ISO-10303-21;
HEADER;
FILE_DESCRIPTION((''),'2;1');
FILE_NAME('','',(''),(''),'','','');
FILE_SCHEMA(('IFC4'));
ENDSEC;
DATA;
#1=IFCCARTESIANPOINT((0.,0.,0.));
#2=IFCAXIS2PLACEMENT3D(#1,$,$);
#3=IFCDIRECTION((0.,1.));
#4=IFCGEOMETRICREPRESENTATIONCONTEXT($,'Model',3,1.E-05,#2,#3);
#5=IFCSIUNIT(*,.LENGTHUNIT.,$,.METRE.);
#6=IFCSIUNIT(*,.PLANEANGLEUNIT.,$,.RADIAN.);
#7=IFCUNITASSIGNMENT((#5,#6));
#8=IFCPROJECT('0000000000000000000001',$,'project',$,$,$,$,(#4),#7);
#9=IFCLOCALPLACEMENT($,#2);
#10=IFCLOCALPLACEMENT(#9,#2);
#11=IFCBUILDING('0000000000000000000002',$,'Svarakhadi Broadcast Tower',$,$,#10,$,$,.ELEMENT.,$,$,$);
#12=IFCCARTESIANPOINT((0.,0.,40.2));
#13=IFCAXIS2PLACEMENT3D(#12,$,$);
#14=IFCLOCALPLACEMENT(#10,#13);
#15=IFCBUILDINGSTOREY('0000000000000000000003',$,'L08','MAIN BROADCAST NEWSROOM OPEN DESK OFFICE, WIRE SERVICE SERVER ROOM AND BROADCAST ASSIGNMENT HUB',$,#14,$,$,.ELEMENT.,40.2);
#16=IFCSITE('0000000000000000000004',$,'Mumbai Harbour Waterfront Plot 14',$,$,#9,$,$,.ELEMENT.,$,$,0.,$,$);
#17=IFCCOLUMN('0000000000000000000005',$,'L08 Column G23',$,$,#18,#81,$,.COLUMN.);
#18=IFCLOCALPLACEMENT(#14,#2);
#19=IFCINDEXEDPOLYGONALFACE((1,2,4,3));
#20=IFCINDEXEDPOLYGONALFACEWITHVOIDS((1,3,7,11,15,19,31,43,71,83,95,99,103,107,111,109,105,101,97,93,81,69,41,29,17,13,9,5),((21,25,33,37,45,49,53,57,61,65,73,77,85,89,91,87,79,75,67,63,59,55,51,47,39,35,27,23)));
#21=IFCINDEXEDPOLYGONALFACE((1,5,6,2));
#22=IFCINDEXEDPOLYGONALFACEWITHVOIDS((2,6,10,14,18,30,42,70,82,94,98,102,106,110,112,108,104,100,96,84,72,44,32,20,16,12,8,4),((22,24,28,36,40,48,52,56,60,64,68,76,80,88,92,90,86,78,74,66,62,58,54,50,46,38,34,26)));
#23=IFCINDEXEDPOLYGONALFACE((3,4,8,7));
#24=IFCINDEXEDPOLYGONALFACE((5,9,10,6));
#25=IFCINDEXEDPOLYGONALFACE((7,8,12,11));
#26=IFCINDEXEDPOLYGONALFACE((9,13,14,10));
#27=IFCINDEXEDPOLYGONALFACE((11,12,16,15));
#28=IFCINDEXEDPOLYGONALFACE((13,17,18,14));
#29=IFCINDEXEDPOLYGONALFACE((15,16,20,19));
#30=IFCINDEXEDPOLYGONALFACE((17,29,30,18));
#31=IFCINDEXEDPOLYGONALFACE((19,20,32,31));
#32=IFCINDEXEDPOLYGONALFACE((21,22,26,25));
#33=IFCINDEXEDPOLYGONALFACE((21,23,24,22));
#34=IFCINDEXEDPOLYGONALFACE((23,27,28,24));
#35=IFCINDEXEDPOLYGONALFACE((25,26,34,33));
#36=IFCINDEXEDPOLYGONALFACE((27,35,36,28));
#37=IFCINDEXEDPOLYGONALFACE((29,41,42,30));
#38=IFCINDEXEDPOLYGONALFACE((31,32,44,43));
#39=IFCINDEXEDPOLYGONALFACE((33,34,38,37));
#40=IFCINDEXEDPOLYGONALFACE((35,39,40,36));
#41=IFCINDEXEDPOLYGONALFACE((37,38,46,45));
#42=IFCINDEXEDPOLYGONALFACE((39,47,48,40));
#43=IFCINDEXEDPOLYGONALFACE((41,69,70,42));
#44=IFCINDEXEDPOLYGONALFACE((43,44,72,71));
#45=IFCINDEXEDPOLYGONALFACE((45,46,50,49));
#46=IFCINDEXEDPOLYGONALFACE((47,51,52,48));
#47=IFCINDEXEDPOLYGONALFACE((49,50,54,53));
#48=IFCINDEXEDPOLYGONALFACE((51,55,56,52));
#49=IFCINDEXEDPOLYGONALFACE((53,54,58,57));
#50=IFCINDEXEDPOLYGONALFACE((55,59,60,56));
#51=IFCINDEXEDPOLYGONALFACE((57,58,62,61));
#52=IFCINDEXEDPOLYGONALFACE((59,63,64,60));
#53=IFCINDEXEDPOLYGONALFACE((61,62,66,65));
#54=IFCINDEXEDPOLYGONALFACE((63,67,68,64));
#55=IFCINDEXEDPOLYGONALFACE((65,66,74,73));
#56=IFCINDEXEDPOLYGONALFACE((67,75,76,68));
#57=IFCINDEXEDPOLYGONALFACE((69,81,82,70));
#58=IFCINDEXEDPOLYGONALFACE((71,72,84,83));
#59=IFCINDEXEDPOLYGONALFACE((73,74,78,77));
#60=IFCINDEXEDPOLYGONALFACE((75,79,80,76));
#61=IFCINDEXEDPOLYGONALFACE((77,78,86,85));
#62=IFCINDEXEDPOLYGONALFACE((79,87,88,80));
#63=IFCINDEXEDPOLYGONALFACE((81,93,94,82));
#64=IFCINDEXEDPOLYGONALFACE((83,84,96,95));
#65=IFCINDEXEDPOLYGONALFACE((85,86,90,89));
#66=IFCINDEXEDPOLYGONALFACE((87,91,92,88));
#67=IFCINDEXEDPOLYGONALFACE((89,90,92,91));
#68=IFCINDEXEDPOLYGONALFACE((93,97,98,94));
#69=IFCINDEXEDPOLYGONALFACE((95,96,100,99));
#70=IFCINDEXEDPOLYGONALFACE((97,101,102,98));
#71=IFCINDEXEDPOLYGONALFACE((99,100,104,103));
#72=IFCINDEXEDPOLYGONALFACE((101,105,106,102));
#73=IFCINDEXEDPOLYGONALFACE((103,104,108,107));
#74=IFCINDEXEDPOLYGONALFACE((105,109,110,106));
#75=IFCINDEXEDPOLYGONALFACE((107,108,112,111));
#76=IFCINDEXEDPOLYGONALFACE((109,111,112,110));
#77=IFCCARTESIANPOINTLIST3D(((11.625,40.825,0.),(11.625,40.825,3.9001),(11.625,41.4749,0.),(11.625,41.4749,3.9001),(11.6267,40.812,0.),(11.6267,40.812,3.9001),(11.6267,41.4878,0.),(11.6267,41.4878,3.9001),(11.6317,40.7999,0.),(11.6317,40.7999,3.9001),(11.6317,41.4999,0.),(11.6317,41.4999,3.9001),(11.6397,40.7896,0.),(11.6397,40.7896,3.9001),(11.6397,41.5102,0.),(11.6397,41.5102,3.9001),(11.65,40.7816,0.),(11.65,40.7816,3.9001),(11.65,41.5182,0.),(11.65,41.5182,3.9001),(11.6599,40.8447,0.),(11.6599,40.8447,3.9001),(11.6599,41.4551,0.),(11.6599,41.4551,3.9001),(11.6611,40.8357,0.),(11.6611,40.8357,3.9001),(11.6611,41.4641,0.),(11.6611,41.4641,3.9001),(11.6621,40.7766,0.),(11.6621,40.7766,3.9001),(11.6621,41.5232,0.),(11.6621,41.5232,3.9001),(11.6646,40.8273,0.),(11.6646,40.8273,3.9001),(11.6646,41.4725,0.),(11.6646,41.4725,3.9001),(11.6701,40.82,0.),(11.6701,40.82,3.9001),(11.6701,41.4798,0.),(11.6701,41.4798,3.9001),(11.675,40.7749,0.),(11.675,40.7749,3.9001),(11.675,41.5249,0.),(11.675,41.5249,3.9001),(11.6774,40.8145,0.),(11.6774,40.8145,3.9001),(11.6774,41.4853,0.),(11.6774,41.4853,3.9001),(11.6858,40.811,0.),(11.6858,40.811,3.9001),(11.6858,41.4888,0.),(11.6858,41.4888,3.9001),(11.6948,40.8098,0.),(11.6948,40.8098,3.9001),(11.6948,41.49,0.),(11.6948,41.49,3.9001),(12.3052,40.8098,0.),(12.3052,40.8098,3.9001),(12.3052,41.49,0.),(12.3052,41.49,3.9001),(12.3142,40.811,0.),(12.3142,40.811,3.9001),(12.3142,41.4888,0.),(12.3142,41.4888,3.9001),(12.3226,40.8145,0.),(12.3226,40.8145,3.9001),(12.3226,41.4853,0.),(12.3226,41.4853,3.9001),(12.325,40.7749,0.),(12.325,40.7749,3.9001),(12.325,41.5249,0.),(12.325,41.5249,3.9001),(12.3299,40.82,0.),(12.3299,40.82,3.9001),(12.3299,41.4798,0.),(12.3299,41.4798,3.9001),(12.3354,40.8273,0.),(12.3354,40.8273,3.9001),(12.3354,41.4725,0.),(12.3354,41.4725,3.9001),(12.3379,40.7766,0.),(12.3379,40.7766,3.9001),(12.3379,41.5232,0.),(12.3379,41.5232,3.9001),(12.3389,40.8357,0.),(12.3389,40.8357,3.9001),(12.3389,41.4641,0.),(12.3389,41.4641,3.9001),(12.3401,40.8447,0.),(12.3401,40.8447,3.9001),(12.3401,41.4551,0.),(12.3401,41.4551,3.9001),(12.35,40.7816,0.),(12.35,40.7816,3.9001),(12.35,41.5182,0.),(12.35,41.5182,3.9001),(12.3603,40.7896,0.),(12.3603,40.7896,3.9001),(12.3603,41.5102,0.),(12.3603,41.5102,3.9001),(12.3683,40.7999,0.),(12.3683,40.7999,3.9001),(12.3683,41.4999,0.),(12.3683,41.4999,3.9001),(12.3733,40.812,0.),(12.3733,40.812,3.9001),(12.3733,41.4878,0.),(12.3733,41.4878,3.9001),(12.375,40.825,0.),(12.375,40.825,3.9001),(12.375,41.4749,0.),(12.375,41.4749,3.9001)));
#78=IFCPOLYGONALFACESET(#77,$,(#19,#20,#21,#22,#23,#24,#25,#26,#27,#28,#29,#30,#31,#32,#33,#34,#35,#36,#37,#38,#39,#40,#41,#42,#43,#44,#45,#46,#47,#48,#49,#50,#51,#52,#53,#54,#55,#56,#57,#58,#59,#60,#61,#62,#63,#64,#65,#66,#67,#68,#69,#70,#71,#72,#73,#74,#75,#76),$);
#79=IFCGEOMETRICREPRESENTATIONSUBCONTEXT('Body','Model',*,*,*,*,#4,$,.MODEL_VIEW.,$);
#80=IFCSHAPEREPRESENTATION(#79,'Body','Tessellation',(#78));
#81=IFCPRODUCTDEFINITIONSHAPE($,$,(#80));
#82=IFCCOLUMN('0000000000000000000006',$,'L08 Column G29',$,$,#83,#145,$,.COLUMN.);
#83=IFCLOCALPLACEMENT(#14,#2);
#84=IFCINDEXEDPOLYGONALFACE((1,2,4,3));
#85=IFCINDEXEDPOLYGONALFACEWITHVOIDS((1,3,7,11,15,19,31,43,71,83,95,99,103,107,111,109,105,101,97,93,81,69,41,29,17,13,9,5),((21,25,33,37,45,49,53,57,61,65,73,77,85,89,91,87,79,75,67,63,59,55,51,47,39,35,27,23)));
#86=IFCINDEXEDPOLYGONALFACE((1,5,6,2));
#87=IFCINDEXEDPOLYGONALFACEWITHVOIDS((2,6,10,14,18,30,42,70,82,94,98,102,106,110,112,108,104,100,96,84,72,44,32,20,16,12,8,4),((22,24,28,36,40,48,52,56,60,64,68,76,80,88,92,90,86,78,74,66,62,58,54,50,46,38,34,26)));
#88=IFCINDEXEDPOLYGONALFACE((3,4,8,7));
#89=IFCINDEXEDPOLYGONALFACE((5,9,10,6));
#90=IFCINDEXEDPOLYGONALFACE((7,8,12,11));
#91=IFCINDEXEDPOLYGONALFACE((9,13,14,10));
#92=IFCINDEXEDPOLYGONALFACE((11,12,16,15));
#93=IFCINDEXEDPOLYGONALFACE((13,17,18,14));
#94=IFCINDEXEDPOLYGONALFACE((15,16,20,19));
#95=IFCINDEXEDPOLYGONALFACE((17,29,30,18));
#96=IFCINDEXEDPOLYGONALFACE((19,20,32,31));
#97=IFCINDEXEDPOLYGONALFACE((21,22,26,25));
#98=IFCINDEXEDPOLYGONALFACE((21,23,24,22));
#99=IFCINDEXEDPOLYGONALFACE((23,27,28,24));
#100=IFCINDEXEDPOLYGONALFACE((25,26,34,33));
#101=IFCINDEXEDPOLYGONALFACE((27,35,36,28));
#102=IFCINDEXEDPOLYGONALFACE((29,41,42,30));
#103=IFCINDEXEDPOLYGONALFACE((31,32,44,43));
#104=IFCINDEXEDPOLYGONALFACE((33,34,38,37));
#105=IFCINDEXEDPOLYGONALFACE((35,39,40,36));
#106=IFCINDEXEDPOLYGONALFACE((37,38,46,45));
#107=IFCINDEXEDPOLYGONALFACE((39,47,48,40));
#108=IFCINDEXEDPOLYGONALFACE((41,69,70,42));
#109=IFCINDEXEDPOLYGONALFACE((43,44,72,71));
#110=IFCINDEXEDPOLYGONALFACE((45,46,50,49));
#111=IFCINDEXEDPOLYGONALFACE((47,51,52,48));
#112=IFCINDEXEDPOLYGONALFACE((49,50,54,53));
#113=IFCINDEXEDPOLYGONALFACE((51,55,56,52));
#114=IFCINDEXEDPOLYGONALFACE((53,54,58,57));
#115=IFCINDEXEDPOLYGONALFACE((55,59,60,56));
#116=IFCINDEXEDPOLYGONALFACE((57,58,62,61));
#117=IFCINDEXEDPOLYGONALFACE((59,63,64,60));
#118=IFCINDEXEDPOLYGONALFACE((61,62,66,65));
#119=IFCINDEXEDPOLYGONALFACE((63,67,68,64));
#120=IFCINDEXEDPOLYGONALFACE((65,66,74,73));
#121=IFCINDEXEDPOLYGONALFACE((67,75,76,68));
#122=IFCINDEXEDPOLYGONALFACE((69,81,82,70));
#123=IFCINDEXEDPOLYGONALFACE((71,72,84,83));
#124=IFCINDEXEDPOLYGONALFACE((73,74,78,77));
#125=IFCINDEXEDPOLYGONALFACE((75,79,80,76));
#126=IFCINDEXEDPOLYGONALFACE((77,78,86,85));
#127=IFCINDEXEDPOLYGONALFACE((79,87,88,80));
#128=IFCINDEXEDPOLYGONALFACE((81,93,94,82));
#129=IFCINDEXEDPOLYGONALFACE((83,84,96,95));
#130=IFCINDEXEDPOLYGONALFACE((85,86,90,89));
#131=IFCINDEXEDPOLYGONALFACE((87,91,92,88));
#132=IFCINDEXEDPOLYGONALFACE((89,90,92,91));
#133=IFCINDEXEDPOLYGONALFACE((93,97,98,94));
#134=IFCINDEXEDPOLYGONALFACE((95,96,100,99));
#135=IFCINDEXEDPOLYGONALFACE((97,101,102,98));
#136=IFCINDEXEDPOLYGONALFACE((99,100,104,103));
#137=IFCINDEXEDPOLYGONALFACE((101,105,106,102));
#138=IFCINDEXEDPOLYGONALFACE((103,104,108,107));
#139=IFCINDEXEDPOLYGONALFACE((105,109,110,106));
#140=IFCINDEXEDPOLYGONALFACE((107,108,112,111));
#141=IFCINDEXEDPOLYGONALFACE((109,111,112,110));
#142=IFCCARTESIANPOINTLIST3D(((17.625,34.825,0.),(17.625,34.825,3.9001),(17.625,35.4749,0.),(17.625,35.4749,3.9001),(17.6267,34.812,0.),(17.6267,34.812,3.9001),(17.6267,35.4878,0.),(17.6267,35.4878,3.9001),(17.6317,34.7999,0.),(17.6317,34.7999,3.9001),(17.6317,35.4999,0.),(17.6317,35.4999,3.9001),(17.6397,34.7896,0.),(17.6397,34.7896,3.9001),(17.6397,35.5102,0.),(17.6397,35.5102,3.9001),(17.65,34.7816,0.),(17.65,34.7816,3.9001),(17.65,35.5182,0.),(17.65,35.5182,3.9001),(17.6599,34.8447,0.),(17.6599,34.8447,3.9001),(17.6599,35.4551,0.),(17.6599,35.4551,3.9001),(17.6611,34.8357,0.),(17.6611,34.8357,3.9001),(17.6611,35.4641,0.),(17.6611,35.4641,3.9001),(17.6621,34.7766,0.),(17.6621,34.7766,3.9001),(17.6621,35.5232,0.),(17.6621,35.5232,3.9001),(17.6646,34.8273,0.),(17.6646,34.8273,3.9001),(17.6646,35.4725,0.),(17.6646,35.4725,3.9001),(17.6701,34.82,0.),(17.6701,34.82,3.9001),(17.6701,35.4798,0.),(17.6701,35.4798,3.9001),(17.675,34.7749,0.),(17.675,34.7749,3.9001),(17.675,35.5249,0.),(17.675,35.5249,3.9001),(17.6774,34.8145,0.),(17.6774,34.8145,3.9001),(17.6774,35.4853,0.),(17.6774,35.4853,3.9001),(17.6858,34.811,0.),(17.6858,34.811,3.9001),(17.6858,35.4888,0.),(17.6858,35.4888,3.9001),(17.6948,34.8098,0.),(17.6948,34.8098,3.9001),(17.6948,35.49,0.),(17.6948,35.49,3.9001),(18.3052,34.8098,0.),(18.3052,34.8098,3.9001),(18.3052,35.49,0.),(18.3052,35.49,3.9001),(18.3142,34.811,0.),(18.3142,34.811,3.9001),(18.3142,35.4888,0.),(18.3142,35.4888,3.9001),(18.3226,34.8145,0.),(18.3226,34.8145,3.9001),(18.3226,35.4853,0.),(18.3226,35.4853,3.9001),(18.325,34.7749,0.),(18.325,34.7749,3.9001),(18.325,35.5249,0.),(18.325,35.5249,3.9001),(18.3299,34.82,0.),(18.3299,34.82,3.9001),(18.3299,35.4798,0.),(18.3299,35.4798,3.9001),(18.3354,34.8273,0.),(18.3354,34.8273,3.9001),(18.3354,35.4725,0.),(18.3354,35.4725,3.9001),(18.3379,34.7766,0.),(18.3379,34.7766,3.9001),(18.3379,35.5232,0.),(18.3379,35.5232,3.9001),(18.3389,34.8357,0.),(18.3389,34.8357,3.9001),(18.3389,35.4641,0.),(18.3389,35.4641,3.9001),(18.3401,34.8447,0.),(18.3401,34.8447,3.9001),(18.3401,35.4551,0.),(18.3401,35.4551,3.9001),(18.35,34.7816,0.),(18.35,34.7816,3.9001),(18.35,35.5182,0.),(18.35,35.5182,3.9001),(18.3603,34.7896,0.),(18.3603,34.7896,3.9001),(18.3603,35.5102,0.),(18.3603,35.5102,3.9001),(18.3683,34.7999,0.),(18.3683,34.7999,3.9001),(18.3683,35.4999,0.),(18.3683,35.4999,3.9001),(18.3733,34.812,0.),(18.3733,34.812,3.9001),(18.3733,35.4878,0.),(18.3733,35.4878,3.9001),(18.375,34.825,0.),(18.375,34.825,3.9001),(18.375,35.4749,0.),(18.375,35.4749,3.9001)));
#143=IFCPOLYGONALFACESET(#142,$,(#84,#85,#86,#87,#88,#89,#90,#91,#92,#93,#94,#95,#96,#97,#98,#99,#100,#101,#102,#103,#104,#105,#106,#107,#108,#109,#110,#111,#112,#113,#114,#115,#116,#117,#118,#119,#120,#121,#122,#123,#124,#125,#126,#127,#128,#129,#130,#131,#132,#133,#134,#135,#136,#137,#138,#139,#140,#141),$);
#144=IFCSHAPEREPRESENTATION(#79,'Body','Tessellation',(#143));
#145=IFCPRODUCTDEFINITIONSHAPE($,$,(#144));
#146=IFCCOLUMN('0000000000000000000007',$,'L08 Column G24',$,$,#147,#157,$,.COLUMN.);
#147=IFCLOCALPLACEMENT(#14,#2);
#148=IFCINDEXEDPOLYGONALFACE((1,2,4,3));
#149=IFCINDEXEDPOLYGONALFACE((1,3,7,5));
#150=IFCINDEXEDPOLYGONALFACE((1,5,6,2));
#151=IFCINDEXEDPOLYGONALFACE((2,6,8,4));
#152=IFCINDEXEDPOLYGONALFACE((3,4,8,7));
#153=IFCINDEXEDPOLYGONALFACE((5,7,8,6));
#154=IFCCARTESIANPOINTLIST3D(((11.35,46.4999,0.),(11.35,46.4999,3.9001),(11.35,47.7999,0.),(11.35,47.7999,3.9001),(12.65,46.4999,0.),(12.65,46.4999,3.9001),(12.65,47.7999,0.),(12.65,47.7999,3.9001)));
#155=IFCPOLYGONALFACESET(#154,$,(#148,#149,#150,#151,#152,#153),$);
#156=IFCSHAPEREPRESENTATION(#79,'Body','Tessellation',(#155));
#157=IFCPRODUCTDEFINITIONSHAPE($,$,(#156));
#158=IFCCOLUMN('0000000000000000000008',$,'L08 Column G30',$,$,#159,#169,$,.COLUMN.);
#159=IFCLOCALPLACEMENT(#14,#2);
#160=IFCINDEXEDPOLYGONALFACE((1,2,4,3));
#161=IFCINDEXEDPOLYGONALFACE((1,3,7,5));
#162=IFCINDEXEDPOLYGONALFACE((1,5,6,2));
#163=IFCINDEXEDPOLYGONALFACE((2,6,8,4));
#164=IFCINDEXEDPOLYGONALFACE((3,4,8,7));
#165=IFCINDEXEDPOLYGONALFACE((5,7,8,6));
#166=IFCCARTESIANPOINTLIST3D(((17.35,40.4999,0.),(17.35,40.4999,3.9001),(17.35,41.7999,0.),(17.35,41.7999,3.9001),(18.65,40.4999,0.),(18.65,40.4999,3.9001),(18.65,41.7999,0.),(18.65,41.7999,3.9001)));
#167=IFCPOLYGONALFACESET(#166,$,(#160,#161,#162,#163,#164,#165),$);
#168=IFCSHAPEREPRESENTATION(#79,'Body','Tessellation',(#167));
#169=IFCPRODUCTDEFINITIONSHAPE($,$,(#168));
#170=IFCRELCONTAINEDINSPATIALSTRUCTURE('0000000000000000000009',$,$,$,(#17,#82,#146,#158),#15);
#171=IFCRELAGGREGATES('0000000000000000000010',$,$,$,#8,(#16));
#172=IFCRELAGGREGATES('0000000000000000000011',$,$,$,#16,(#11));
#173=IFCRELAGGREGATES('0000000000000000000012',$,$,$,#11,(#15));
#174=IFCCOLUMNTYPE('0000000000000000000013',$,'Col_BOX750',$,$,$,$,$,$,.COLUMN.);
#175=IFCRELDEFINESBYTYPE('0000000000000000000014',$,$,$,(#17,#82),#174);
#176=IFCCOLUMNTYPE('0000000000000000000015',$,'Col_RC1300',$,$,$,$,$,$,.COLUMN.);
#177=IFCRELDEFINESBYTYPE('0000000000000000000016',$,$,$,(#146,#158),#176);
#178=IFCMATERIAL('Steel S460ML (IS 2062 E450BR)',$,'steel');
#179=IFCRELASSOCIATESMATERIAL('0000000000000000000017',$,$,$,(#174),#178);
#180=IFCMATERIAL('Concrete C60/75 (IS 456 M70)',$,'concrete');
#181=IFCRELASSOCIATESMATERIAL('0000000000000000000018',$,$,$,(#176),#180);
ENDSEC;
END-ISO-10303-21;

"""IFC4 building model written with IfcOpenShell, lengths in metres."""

from ifc_helpers import new_model, si_unit, direction, frame, origin, origin_2d, place, context, subcontext, project, spatial, rectangle, hollow_rectangle, extrude, material, material_profile, profile_set, type_object, element, save


model = new_model("IFC4")

# Units and contexts
model_context = context("Model", 3, precision=1e-05, world=origin(), true_north=direction((0.0, 1.0)))
body_context = subcontext(model_context, "Body", "Model", "MODEL_VIEW")
ifc_project = project(units=[si_unit("LENGTHUNIT", "METRE"), si_unit("PLANEANGLEUNIT", "RADIAN")], contexts=[model_context])

# Site, building, storey
site_placement = place(None, origin())
site = spatial("IfcSite", under=ifc_project, at=site_placement, Name="Mumbai Harbour Waterfront Plot 14", CompositionType="ELEMENT", RefElevation=0.0)
building_placement = place(site_placement, origin())
building = spatial("IfcBuilding", under=site, at=building_placement, Name="Svarakhadi Broadcast Tower", CompositionType="ELEMENT")
storey_placement = place(building_placement, frame((0.0, 0.0, 40.2)))
storey = spatial("IfcBuildingStorey", under=building, at=storey_placement, Name="L08", Description="MAIN BROADCAST NEWSROOM OPEN DESK OFFICE, WIRE SERVICE SERVER ROOM AND BROADCAST ASSIGNMENT HUB", CompositionType="ELEMENT", Elevation=40.2)

# Columns
ifc_material_1 = material(Name="Steel S460ML (IS 2062 E450BR)", Category="steel")
ifc_material_profile_1 = material_profile(ifc_material_1, hollow_rectangle(XDim=0.75, YDim=0.75, WallThickness=0.0349, InnerFilletRadius=0.0349, OuterFilletRadius=0.05, at=origin_2d()), Name="BOX 750x750x35")
ifc_profile_set_1 = profile_set([ifc_material_profile_1], Name="Steel S460ML (IS 2062 E450BR)")
column_type_1 = type_object("IfcColumnType", Name="Col_BOX750", PredefinedType="COLUMN", material=ifc_profile_set_1)
for number, where, z_axis, x_axis, name in (
    (1, (12.0, 41.1499, 0.0), (0.0, 0.0, 1.0), (1.0, 0.0, 0.0), "L08 Column G23"),
    (2, (18.0, 35.1499, 0.0), (0.0, 0.0, 1.0), (1.0, 0.0, 0.0), "L08 Column G29"),
):
    element("IfcColumn", number, at=place(storey_placement, frame(where, z_axis=z_axis, x_axis=x_axis)), inside=storey, type_object=column_type_1, Name=name, PredefinedType="COLUMN", context=body_context, shape_type="SweptSolid", body=[
        extrude(hollow_rectangle(XDim=0.75, YDim=0.75, WallThickness=0.0349, InnerFilletRadius=0.0349, OuterFilletRadius=0.05, at=origin_2d()), origin(), (0.0, 0.0, 1.0), 3.9001),
    ])
ifc_material_2 = material(Name="Concrete C60/75 (IS 456 M70)", Category="concrete")
ifc_material_profile_2 = material_profile(ifc_material_2, rectangle(XDim=1.3, YDim=1.3, at=origin_2d()), Name="RC 1300x1300")
ifc_profile_set_2 = profile_set([ifc_material_profile_2], Name="Concrete C60/75 (IS 456 M70)")
column_type_2 = type_object("IfcColumnType", Name="Col_RC1300", PredefinedType="COLUMN", material=ifc_profile_set_2)
for number, where, z_axis, x_axis, name in (
    (3, (12.0, 47.1499, 0.0), (0.0, 0.0, 1.0), (1.0, 0.0, 0.0), "L08 Column G24"),
    (4, (18.0, 41.1499, 0.0), (0.0, 0.0, 1.0), (1.0, 0.0, 0.0), "L08 Column G30"),
):
    element("IfcColumn", number, at=place(storey_placement, frame(where, z_axis=z_axis, x_axis=x_axis)), inside=storey, type_object=column_type_2, Name=name, PredefinedType="COLUMN", context=body_context, shape_type="SweptSolid", body=[
        extrude(rectangle(XDim=1.3, YDim=1.3, at=origin_2d()), origin(), (0.0, 0.0, 1.0), 3.9001),
    ])

save(model, "model.ifc")
